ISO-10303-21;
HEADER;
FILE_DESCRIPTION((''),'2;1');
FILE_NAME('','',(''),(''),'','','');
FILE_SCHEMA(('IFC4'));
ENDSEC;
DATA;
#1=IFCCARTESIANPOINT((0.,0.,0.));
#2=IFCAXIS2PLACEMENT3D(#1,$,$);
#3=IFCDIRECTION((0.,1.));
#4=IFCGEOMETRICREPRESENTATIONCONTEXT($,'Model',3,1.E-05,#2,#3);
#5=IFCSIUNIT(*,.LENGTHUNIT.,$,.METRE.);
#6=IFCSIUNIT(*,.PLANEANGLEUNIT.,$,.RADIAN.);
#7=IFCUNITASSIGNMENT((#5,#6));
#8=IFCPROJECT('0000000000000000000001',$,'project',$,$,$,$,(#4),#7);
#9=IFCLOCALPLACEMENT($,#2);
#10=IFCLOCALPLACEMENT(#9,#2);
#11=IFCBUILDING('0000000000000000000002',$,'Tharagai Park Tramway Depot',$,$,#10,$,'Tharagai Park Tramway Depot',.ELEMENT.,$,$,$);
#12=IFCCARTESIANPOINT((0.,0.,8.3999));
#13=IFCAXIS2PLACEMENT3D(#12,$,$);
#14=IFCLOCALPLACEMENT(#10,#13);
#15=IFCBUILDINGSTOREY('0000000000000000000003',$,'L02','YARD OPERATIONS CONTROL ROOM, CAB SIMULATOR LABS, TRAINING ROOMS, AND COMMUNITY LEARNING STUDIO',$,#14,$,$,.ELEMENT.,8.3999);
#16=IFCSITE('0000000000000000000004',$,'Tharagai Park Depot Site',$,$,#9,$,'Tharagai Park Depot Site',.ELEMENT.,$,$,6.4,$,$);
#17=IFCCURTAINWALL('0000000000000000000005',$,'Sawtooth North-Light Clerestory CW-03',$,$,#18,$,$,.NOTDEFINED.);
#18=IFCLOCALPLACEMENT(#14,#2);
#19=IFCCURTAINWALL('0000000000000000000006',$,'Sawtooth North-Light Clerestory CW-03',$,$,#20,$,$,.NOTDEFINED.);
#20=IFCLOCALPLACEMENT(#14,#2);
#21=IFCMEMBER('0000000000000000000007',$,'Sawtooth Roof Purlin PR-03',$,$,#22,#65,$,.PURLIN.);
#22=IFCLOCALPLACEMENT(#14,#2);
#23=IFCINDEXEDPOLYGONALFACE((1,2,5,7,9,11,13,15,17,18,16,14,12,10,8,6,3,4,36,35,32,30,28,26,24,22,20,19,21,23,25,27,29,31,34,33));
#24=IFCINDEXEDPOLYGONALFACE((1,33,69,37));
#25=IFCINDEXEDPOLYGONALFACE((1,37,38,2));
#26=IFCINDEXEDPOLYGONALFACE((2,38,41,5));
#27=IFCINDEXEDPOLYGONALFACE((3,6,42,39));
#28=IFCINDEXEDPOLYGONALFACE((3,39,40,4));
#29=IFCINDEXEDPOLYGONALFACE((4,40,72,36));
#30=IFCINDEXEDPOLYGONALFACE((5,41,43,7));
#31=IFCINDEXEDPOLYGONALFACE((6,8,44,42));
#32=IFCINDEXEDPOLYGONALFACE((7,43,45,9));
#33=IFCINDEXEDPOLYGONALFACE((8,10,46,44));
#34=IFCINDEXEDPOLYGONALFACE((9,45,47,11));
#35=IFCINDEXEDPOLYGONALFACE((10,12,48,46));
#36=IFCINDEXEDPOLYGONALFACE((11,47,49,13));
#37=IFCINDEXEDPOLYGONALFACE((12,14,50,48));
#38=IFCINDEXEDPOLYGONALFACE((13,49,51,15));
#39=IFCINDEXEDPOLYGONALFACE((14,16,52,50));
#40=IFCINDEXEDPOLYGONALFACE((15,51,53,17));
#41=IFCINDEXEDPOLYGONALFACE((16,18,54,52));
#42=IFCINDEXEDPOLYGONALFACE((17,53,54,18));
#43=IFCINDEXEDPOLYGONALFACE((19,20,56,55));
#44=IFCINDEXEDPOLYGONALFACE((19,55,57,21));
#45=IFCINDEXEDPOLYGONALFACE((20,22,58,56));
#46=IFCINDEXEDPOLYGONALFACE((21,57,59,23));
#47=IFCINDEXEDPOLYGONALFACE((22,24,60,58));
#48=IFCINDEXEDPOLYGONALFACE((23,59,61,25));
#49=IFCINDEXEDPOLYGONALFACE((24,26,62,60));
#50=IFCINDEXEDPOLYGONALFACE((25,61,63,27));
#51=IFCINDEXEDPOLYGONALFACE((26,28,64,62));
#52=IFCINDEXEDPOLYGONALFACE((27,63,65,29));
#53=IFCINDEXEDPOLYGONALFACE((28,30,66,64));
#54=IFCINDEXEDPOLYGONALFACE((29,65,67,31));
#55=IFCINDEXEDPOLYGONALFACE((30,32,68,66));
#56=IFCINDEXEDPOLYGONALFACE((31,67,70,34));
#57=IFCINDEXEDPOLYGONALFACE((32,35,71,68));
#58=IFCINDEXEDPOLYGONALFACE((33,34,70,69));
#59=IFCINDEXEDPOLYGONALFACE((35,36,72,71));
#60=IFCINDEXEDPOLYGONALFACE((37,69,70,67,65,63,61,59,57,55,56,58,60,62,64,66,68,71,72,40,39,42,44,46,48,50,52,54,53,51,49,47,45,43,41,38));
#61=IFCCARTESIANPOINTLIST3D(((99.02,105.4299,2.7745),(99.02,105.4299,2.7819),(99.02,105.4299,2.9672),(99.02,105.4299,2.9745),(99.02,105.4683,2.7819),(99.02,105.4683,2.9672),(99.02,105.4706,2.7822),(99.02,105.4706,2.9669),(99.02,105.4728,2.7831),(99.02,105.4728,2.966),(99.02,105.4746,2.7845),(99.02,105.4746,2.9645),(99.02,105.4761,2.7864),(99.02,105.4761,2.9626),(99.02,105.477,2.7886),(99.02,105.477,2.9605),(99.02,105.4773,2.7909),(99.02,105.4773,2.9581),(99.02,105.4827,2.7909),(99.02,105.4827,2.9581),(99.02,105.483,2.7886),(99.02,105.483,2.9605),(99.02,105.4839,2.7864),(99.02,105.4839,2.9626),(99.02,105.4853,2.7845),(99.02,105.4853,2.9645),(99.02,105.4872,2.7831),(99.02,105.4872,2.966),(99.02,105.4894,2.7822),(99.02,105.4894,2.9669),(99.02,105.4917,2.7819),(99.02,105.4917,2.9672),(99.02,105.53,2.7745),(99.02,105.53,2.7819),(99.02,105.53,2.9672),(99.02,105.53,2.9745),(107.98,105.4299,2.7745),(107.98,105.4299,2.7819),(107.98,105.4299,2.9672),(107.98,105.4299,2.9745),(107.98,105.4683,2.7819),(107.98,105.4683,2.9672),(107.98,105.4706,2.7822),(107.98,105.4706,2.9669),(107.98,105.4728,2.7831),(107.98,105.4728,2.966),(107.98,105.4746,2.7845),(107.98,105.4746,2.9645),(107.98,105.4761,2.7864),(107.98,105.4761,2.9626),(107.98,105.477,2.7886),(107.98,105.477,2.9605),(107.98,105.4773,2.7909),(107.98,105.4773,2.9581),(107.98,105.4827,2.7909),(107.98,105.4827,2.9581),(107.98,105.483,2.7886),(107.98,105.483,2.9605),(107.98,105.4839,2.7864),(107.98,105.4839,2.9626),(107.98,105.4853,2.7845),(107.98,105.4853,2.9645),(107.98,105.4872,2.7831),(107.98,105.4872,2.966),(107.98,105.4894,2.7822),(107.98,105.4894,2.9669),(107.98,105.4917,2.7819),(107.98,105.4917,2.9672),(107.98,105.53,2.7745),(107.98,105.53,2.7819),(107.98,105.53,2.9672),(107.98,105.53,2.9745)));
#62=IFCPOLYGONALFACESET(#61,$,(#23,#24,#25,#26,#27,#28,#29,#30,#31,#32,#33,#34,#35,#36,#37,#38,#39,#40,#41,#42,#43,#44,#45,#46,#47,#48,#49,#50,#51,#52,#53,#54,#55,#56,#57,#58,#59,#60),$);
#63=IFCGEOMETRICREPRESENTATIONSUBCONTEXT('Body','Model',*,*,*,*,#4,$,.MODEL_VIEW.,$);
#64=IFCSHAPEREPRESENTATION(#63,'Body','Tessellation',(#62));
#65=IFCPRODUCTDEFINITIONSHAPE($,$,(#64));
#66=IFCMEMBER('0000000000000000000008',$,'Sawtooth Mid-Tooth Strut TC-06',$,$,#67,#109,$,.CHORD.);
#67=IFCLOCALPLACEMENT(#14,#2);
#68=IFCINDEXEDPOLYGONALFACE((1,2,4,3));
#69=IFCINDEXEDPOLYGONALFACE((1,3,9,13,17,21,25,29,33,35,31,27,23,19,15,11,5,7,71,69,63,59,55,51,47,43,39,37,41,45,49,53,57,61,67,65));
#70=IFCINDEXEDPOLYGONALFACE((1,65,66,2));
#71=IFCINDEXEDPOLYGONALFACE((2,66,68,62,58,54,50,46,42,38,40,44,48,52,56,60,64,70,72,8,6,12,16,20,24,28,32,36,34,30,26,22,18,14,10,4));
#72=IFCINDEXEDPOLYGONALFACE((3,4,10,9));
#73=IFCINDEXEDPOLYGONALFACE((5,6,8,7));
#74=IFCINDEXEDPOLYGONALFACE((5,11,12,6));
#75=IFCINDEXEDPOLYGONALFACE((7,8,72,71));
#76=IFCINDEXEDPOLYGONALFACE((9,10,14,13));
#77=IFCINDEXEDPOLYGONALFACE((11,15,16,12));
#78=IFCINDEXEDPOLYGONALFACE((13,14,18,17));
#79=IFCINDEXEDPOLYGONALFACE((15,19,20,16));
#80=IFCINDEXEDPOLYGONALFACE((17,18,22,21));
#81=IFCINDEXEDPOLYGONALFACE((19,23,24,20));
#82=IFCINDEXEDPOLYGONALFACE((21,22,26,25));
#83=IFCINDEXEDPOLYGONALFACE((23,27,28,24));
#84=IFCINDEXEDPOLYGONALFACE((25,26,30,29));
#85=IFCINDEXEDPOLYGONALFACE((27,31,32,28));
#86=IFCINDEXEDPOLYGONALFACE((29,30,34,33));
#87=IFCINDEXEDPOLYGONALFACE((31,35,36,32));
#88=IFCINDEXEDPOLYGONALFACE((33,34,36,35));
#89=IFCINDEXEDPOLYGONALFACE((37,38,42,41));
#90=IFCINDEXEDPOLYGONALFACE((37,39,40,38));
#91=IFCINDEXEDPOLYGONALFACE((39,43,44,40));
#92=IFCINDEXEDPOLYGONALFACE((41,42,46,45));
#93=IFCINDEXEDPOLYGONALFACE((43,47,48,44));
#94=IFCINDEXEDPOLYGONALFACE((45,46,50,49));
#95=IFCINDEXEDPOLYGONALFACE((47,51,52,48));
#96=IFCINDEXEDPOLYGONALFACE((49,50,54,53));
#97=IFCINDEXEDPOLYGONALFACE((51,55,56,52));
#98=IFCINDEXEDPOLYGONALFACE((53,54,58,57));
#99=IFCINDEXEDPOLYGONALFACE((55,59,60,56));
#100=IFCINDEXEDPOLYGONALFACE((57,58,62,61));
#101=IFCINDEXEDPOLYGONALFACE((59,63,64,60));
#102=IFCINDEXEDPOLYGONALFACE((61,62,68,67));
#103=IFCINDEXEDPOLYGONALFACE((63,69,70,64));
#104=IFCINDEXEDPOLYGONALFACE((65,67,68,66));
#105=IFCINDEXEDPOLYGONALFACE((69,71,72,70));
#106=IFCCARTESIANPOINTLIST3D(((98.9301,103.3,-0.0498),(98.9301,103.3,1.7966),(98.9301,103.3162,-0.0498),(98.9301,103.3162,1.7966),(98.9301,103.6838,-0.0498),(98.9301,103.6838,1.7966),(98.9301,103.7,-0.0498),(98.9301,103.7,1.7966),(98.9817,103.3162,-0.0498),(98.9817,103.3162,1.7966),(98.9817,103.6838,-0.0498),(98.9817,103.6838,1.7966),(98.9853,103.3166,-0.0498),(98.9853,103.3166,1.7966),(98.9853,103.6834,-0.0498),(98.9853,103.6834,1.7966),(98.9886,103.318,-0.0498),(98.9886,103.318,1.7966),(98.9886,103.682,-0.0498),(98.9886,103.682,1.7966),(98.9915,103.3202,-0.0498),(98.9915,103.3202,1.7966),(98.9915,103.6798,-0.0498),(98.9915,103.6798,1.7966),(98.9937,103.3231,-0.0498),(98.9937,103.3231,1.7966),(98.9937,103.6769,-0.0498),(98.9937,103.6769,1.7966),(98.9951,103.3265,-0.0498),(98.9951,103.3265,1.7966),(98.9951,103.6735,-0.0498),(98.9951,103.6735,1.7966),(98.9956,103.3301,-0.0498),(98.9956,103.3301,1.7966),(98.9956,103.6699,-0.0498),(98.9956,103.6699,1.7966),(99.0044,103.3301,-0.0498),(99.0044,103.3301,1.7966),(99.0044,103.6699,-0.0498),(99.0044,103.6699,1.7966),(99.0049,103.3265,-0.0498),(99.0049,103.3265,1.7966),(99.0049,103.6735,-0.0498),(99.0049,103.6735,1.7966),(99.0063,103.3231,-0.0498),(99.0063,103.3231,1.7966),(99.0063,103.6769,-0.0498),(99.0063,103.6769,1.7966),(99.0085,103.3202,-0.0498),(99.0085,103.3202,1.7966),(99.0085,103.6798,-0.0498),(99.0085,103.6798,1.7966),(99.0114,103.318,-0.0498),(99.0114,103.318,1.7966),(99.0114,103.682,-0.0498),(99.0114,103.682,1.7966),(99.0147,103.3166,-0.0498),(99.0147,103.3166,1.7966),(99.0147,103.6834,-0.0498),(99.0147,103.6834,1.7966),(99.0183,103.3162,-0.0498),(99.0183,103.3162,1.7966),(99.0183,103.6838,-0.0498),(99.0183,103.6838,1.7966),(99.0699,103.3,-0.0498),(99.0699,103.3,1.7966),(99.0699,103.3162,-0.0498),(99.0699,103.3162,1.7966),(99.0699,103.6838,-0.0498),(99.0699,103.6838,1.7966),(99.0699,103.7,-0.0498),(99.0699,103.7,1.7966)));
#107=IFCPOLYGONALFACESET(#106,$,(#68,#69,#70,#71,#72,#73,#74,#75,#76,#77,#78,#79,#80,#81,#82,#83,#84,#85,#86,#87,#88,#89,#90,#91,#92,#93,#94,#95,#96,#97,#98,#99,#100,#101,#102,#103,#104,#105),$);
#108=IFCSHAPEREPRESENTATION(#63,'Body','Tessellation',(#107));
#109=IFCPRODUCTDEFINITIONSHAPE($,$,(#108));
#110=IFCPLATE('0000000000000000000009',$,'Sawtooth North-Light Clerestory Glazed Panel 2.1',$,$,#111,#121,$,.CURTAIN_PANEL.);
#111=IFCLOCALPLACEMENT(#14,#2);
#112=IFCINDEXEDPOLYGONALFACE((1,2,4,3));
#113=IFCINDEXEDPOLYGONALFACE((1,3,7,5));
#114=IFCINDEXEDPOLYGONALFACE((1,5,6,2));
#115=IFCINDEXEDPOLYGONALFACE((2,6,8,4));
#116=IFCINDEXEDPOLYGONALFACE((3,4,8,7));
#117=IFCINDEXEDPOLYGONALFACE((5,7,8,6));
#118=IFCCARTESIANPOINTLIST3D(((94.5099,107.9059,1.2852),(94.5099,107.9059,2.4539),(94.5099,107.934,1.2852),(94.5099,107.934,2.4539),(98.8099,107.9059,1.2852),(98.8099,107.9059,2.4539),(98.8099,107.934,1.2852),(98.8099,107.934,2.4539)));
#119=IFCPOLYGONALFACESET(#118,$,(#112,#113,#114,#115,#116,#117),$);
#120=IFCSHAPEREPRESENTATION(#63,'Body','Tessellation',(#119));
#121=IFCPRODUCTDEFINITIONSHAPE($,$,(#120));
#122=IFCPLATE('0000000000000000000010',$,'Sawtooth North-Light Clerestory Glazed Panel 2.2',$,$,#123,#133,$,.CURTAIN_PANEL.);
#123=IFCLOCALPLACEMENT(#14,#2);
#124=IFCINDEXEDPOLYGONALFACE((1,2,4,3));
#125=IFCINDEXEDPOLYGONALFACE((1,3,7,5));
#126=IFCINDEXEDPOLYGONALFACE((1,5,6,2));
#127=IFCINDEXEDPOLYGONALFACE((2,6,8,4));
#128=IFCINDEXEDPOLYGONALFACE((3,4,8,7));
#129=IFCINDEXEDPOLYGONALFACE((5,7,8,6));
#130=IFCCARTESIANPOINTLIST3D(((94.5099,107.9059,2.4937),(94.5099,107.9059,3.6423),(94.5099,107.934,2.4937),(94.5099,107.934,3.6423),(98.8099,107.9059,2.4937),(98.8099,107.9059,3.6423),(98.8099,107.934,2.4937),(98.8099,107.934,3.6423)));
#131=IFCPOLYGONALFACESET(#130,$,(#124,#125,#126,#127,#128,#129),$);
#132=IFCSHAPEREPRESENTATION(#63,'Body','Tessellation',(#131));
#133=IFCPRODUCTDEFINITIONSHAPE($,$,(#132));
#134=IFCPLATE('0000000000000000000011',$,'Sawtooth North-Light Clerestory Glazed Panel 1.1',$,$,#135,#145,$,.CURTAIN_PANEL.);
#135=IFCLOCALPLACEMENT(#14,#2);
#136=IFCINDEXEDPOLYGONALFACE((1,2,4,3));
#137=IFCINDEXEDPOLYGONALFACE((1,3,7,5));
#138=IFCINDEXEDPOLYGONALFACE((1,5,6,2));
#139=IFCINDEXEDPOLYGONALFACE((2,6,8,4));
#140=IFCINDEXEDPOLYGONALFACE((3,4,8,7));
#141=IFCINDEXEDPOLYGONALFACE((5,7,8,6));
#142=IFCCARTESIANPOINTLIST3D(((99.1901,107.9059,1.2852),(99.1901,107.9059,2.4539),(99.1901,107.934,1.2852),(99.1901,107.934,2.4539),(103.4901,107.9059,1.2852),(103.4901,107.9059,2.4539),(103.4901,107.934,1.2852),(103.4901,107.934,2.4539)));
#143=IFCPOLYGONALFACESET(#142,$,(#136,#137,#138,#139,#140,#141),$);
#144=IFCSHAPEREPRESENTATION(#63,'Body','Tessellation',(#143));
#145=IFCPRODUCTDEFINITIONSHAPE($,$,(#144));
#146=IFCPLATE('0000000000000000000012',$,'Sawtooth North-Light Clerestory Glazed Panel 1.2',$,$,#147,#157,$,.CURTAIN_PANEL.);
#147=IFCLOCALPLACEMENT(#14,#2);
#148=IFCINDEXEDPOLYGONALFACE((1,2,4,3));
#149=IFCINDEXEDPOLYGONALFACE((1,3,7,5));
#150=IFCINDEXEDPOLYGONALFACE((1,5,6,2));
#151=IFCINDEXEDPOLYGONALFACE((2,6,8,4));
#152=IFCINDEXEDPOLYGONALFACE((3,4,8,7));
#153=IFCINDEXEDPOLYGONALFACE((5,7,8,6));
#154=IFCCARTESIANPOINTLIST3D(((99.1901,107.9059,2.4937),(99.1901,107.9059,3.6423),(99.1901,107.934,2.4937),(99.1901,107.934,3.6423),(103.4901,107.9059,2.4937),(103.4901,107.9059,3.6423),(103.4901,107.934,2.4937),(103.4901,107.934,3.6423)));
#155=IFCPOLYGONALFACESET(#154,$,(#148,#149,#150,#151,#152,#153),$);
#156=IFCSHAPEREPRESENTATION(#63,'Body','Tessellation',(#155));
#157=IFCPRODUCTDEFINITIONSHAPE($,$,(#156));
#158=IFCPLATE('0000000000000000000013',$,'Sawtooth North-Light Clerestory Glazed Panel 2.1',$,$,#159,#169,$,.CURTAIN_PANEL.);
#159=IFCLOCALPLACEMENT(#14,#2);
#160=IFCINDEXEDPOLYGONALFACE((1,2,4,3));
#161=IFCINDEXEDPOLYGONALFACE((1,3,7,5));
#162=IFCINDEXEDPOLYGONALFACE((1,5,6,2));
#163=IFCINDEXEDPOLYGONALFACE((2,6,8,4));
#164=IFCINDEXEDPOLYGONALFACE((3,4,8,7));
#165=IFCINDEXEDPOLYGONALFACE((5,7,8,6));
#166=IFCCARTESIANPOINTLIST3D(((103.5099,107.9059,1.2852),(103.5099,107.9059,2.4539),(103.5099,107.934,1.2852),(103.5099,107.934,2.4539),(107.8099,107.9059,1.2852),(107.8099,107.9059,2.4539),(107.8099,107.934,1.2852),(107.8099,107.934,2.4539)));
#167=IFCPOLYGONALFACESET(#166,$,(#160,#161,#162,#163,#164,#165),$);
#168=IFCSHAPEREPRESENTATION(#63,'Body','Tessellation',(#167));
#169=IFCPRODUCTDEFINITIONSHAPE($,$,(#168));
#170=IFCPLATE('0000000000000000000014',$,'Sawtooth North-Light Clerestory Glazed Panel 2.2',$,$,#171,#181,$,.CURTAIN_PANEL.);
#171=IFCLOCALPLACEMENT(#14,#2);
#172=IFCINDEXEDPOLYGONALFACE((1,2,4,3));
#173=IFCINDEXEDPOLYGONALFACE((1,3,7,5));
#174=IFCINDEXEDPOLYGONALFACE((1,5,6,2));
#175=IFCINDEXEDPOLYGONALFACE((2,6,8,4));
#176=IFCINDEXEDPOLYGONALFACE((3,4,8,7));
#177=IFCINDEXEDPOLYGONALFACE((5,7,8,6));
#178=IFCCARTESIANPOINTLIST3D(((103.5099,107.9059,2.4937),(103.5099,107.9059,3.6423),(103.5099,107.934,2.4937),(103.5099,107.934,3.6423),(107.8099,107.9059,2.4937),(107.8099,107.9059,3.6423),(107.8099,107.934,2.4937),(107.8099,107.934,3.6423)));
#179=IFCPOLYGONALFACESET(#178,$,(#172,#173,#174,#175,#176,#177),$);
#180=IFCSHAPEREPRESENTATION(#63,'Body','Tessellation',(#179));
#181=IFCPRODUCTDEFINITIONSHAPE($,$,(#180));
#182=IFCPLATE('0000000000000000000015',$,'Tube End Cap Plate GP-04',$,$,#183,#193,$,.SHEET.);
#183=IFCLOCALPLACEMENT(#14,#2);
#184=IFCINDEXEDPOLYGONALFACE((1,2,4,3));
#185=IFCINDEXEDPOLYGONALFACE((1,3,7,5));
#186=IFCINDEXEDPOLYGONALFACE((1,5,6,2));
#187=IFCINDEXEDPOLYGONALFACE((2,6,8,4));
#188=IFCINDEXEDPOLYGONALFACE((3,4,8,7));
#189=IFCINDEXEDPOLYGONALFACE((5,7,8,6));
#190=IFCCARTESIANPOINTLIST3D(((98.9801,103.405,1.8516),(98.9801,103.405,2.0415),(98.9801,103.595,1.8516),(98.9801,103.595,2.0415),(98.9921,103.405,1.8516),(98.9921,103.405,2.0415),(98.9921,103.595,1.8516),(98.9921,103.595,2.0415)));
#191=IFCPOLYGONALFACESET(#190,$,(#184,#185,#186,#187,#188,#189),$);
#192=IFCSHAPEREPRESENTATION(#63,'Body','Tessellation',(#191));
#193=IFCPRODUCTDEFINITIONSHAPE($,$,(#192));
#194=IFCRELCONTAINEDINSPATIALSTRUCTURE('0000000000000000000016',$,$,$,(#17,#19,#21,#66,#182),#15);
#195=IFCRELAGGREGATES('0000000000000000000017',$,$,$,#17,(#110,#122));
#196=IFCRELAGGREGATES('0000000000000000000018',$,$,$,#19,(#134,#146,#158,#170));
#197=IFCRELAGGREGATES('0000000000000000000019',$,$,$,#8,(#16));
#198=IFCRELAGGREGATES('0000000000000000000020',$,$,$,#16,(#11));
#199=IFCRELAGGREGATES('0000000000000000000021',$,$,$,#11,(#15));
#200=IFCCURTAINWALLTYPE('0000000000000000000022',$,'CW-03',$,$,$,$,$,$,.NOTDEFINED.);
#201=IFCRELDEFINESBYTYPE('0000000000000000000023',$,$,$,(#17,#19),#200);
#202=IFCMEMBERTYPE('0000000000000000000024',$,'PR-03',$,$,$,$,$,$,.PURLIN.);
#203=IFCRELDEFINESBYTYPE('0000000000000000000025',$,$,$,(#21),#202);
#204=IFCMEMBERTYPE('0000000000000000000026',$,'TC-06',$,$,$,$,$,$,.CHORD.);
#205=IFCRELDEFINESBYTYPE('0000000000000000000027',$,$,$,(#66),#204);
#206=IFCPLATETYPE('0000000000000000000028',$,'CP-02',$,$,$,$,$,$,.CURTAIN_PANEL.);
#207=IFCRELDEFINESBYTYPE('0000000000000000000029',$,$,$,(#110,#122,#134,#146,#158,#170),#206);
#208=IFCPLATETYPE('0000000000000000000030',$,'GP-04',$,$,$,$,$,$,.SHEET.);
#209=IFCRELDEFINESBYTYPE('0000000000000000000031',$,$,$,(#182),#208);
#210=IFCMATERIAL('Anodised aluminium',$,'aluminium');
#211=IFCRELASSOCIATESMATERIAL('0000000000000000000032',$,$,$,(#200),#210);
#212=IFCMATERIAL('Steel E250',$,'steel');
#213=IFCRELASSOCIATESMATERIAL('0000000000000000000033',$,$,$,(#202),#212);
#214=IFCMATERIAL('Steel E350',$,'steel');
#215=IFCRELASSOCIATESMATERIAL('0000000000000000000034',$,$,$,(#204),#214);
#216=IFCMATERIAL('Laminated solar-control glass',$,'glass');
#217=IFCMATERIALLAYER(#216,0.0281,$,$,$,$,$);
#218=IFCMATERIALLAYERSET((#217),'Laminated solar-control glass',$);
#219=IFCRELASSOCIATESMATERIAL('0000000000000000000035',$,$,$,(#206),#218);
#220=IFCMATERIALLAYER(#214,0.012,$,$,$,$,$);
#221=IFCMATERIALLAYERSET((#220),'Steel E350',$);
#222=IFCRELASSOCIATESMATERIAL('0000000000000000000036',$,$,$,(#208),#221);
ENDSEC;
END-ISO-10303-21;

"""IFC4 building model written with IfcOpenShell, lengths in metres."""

from ifc_helpers import new_model, si_unit, direction, frame, origin, origin_2d, place, context, subcontext, project, spatial, rectangle, i_section, extrude, material, layer, layer_set, material_profile, profile_set, type_object, element, aggregate, save


model = new_model("IFC4")

# Units and contexts
model_context = context("Model", 3, precision=1e-05, world=origin(), true_north=direction((0.0, 1.0)))
body_context = subcontext(model_context, "Body", "Model", "MODEL_VIEW")
ifc_project = project(units=[si_unit("LENGTHUNIT", "METRE"), si_unit("PLANEANGLEUNIT", "RADIAN")], contexts=[model_context])

# Site, building, storey
site_placement = place(None, origin())
site = spatial("IfcSite", under=ifc_project, at=site_placement, Name="Tharagai Park Depot Site", LongName="Tharagai Park Depot Site", CompositionType="ELEMENT", RefElevation=6.4)
building_placement = place(site_placement, origin())
building = spatial("IfcBuilding", under=site, at=building_placement, Name="Tharagai Park Tramway Depot", LongName="Tharagai Park Tramway Depot", CompositionType="ELEMENT")
storey_placement = place(building_placement, frame((0.0, 0.0, 8.3999)))
storey = spatial("IfcBuildingStorey", under=building, at=storey_placement, Name="L02", Description="YARD OPERATIONS CONTROL ROOM, CAB SIMULATOR LABS, TRAINING ROOMS, AND COMMUNITY LEARNING STUDIO", CompositionType="ELEMENT", Elevation=8.3999)

# Shared definitions
ifc_material_1 = material(Name="Steel E350", Category="steel")

# Curtain walls
ifc_material_2 = material(Name="Anodised aluminium", Category="aluminium")
curtain_wall_type = type_object("IfcCurtainWallType", Name="CW-03", PredefinedType="NOTDEFINED", material=ifc_material_2)
curtain_wall_1_placement = place(storey_placement, origin())
curtain_wall_1 = element("IfcCurtainWall", 1, at=curtain_wall_1_placement, inside=storey, type_object=curtain_wall_type, Name="Sawtooth North-Light Clerestory CW-03", PredefinedType="NOTDEFINED")
curtain_wall_2_placement = place(storey_placement, origin())
curtain_wall_2 = element("IfcCurtainWall", 2, at=curtain_wall_2_placement, inside=storey, type_object=curtain_wall_type, Name="Sawtooth North-Light Clerestory CW-03", PredefinedType="NOTDEFINED")

# Members
ifc_material_3 = material(Name="Steel E250", Category="steel")
ifc_material_profile_1 = material_profile(ifc_material_3, i_section(OverallWidth=0.1001, OverallDepth=0.2, WebThickness=0.0054, FlangeThickness=0.0073, FilletRadius=0.009, at=origin_2d()), Name="ISLB 200")
ifc_profile_set_1 = profile_set([ifc_material_profile_1], Name="Steel E250")
member_type_1 = type_object("IfcMemberType", Name="PR-03", PredefinedType="PURLIN", material=ifc_profile_set_1)
member_1_placement = place(storey_placement, frame((99.02, 105.48, 2.8745), z_axis=(1.0, 0.0, 0.0), x_axis=(0.0, 1.0, 0.0)))
element("IfcMember", 3, at=member_1_placement, inside=storey, type_object=member_type_1, Name="Sawtooth Roof Purlin PR-03", PredefinedType="PURLIN", context=body_context, shape_type="SweptSolid", body=[
    extrude(i_section(OverallWidth=0.1001, OverallDepth=0.2, WebThickness=0.0054, FlangeThickness=0.0073, FilletRadius=0.009, at=origin_2d()), origin(), (0.0, 0.0, 1.0), 8.96),
])
ifc_material_profile_2 = material_profile(ifc_material_1, i_section(OverallWidth=0.1399, OverallDepth=0.3999, WebThickness=0.0088, FlangeThickness=0.0161, FilletRadius=0.0139, at=origin_2d()), Name="ISMB 400")
ifc_profile_set_2 = profile_set([ifc_material_profile_2], Name="Steel E350")
member_type_2 = type_object("IfcMemberType", Name="TC-06", PredefinedType="CHORD", material=ifc_profile_set_2)
member_2_placement = place(storey_placement, frame((99.0, 103.5, -0.0498), z_axis=(0.0, 0.0, 1.0), x_axis=(1.0, 0.0, 0.0)))
element("IfcMember", 4, at=member_2_placement, inside=storey, type_object=member_type_2, Name="Sawtooth Mid-Tooth Strut TC-06", PredefinedType="CHORD", context=body_context, shape_type="SweptSolid", body=[
    extrude(i_section(OverallWidth=0.1399, OverallDepth=0.3999, WebThickness=0.0088, FlangeThickness=0.0161, FilletRadius=0.0139, at=origin_2d()), origin(), (0.0, 0.0, 1.0), 1.8464),
])

# Plates
ifc_material_4 = material(Name="Laminated solar-control glass", Category="glass")
ifc_layer_1 = layer(ifc_material_4, 0.0281)
ifc_layer_set_1 = layer_set([ifc_layer_1], Name="Laminated solar-control glass")
plate_type_1 = type_object("IfcPlateType", Name="CP-02", PredefinedType="CURTAIN_PANEL", material=ifc_layer_set_1)
plate_1_placement = place(storey_placement, frame((96.6599, 107.9199, 1.2852), z_axis=(0.0, 0.0, 1.0), x_axis=(1.0, 0.0, 0.0)))
plate_1 = element("IfcPlate", 5, at=plate_1_placement, type_object=plate_type_1, Name="Sawtooth North-Light Clerestory Glazed Panel 2.1", PredefinedType="CURTAIN_PANEL", context=body_context, shape_type="SweptSolid", body=[
    extrude(rectangle(XDim=4.3, YDim=0.0281, at=origin_2d()), origin(), (0.0, 0.0, 1.0), 1.1687),
])
plate_2_placement = place(storey_placement, frame((96.6599, 107.9199, 2.4937), z_axis=(0.0, 0.0, 1.0), x_axis=(1.0, 0.0, 0.0)))
plate_2 = element("IfcPlate", 6, at=plate_2_placement, type_object=plate_type_1, Name="Sawtooth North-Light Clerestory Glazed Panel 2.2", PredefinedType="CURTAIN_PANEL", context=body_context, shape_type="SweptSolid", body=[
    extrude(rectangle(XDim=4.3, YDim=0.0281, at=origin_2d()), origin(), (0.0, 0.0, 1.0), 1.1487),
])
aggregate(curtain_wall_1, [plate_1, plate_2])
plate_3_placement = place(storey_placement, frame((101.3401, 107.9199, 1.2852), z_axis=(0.0, 0.0, 1.0), x_axis=(1.0, 0.0, 0.0)))
plate_3 = element("IfcPlate", 7, at=plate_3_placement, type_object=plate_type_1, Name="Sawtooth North-Light Clerestory Glazed Panel 1.1", PredefinedType="CURTAIN_PANEL", context=body_context, shape_type="SweptSolid", body=[
    extrude(rectangle(XDim=4.3, YDim=0.0281, at=origin_2d()), origin(), (0.0, 0.0, 1.0), 1.1687),
])
plate_4_placement = place(storey_placement, frame((101.3401, 107.9199, 2.4937), z_axis=(0.0, 0.0, 1.0), x_axis=(1.0, 0.0, 0.0)))
plate_4 = element("IfcPlate", 8, at=plate_4_placement, type_object=plate_type_1, Name="Sawtooth North-Light Clerestory Glazed Panel 1.2", PredefinedType="CURTAIN_PANEL", context=body_context, shape_type="SweptSolid", body=[
    extrude(rectangle(XDim=4.3, YDim=0.0281, at=origin_2d()), origin(), (0.0, 0.0, 1.0), 1.1487),
])
plate_5_placement = place(storey_placement, frame((105.6599, 107.9199, 1.2852), z_axis=(0.0, 0.0, 1.0), x_axis=(1.0, 0.0, 0.0)))
plate_5 = element("IfcPlate", 9, at=plate_5_placement, type_object=plate_type_1, Name="Sawtooth North-Light Clerestory Glazed Panel 2.1", PredefinedType="CURTAIN_PANEL", context=body_context, shape_type="SweptSolid", body=[
    extrude(rectangle(XDim=4.3, YDim=0.0281, at=origin_2d()), origin(), (0.0, 0.0, 1.0), 1.1687),
])
plate_6_placement = place(storey_placement, frame((105.6599, 107.9199, 2.4937), z_axis=(0.0, 0.0, 1.0), x_axis=(1.0, 0.0, 0.0)))
plate_6 = element("IfcPlate", 10, at=plate_6_placement, type_object=plate_type_1, Name="Sawtooth North-Light Clerestory Glazed Panel 2.2", PredefinedType="CURTAIN_PANEL", context=body_context, shape_type="SweptSolid", body=[
    extrude(rectangle(XDim=4.3, YDim=0.0281, at=origin_2d()), origin(), (0.0, 0.0, 1.0), 1.1487),
])
aggregate(curtain_wall_2, [plate_3, plate_4, plate_5, plate_6])

# Plate
ifc_layer_2 = layer(ifc_material_1, 0.012)
ifc_layer_set_2 = layer_set([ifc_layer_2], Name="Steel E350")
plate_type_2 = type_object("IfcPlateType", Name="GP-04", PredefinedType="SHEET", material=ifc_layer_set_2)
for number, where, z_axis, x_axis, name in (
    (11, (98.9861, 103.5, 1.8516), (0.0, 0.0, 1.0), (1.0, 0.0, 0.0), "Tube End Cap Plate GP-04"),
):
    element("IfcPlate", number, at=place(storey_placement, frame(where, z_axis=z_axis, x_axis=x_axis)), inside=storey, type_object=plate_type_2, Name=name, PredefinedType="SHEET", context=body_context, shape_type="SweptSolid", body=[
        extrude(rectangle(XDim=0.012, YDim=0.1899, at=origin_2d()), origin(), (0.0, 0.0, 1.0), 0.1899),
    ])

save(model, "model.ifc")
